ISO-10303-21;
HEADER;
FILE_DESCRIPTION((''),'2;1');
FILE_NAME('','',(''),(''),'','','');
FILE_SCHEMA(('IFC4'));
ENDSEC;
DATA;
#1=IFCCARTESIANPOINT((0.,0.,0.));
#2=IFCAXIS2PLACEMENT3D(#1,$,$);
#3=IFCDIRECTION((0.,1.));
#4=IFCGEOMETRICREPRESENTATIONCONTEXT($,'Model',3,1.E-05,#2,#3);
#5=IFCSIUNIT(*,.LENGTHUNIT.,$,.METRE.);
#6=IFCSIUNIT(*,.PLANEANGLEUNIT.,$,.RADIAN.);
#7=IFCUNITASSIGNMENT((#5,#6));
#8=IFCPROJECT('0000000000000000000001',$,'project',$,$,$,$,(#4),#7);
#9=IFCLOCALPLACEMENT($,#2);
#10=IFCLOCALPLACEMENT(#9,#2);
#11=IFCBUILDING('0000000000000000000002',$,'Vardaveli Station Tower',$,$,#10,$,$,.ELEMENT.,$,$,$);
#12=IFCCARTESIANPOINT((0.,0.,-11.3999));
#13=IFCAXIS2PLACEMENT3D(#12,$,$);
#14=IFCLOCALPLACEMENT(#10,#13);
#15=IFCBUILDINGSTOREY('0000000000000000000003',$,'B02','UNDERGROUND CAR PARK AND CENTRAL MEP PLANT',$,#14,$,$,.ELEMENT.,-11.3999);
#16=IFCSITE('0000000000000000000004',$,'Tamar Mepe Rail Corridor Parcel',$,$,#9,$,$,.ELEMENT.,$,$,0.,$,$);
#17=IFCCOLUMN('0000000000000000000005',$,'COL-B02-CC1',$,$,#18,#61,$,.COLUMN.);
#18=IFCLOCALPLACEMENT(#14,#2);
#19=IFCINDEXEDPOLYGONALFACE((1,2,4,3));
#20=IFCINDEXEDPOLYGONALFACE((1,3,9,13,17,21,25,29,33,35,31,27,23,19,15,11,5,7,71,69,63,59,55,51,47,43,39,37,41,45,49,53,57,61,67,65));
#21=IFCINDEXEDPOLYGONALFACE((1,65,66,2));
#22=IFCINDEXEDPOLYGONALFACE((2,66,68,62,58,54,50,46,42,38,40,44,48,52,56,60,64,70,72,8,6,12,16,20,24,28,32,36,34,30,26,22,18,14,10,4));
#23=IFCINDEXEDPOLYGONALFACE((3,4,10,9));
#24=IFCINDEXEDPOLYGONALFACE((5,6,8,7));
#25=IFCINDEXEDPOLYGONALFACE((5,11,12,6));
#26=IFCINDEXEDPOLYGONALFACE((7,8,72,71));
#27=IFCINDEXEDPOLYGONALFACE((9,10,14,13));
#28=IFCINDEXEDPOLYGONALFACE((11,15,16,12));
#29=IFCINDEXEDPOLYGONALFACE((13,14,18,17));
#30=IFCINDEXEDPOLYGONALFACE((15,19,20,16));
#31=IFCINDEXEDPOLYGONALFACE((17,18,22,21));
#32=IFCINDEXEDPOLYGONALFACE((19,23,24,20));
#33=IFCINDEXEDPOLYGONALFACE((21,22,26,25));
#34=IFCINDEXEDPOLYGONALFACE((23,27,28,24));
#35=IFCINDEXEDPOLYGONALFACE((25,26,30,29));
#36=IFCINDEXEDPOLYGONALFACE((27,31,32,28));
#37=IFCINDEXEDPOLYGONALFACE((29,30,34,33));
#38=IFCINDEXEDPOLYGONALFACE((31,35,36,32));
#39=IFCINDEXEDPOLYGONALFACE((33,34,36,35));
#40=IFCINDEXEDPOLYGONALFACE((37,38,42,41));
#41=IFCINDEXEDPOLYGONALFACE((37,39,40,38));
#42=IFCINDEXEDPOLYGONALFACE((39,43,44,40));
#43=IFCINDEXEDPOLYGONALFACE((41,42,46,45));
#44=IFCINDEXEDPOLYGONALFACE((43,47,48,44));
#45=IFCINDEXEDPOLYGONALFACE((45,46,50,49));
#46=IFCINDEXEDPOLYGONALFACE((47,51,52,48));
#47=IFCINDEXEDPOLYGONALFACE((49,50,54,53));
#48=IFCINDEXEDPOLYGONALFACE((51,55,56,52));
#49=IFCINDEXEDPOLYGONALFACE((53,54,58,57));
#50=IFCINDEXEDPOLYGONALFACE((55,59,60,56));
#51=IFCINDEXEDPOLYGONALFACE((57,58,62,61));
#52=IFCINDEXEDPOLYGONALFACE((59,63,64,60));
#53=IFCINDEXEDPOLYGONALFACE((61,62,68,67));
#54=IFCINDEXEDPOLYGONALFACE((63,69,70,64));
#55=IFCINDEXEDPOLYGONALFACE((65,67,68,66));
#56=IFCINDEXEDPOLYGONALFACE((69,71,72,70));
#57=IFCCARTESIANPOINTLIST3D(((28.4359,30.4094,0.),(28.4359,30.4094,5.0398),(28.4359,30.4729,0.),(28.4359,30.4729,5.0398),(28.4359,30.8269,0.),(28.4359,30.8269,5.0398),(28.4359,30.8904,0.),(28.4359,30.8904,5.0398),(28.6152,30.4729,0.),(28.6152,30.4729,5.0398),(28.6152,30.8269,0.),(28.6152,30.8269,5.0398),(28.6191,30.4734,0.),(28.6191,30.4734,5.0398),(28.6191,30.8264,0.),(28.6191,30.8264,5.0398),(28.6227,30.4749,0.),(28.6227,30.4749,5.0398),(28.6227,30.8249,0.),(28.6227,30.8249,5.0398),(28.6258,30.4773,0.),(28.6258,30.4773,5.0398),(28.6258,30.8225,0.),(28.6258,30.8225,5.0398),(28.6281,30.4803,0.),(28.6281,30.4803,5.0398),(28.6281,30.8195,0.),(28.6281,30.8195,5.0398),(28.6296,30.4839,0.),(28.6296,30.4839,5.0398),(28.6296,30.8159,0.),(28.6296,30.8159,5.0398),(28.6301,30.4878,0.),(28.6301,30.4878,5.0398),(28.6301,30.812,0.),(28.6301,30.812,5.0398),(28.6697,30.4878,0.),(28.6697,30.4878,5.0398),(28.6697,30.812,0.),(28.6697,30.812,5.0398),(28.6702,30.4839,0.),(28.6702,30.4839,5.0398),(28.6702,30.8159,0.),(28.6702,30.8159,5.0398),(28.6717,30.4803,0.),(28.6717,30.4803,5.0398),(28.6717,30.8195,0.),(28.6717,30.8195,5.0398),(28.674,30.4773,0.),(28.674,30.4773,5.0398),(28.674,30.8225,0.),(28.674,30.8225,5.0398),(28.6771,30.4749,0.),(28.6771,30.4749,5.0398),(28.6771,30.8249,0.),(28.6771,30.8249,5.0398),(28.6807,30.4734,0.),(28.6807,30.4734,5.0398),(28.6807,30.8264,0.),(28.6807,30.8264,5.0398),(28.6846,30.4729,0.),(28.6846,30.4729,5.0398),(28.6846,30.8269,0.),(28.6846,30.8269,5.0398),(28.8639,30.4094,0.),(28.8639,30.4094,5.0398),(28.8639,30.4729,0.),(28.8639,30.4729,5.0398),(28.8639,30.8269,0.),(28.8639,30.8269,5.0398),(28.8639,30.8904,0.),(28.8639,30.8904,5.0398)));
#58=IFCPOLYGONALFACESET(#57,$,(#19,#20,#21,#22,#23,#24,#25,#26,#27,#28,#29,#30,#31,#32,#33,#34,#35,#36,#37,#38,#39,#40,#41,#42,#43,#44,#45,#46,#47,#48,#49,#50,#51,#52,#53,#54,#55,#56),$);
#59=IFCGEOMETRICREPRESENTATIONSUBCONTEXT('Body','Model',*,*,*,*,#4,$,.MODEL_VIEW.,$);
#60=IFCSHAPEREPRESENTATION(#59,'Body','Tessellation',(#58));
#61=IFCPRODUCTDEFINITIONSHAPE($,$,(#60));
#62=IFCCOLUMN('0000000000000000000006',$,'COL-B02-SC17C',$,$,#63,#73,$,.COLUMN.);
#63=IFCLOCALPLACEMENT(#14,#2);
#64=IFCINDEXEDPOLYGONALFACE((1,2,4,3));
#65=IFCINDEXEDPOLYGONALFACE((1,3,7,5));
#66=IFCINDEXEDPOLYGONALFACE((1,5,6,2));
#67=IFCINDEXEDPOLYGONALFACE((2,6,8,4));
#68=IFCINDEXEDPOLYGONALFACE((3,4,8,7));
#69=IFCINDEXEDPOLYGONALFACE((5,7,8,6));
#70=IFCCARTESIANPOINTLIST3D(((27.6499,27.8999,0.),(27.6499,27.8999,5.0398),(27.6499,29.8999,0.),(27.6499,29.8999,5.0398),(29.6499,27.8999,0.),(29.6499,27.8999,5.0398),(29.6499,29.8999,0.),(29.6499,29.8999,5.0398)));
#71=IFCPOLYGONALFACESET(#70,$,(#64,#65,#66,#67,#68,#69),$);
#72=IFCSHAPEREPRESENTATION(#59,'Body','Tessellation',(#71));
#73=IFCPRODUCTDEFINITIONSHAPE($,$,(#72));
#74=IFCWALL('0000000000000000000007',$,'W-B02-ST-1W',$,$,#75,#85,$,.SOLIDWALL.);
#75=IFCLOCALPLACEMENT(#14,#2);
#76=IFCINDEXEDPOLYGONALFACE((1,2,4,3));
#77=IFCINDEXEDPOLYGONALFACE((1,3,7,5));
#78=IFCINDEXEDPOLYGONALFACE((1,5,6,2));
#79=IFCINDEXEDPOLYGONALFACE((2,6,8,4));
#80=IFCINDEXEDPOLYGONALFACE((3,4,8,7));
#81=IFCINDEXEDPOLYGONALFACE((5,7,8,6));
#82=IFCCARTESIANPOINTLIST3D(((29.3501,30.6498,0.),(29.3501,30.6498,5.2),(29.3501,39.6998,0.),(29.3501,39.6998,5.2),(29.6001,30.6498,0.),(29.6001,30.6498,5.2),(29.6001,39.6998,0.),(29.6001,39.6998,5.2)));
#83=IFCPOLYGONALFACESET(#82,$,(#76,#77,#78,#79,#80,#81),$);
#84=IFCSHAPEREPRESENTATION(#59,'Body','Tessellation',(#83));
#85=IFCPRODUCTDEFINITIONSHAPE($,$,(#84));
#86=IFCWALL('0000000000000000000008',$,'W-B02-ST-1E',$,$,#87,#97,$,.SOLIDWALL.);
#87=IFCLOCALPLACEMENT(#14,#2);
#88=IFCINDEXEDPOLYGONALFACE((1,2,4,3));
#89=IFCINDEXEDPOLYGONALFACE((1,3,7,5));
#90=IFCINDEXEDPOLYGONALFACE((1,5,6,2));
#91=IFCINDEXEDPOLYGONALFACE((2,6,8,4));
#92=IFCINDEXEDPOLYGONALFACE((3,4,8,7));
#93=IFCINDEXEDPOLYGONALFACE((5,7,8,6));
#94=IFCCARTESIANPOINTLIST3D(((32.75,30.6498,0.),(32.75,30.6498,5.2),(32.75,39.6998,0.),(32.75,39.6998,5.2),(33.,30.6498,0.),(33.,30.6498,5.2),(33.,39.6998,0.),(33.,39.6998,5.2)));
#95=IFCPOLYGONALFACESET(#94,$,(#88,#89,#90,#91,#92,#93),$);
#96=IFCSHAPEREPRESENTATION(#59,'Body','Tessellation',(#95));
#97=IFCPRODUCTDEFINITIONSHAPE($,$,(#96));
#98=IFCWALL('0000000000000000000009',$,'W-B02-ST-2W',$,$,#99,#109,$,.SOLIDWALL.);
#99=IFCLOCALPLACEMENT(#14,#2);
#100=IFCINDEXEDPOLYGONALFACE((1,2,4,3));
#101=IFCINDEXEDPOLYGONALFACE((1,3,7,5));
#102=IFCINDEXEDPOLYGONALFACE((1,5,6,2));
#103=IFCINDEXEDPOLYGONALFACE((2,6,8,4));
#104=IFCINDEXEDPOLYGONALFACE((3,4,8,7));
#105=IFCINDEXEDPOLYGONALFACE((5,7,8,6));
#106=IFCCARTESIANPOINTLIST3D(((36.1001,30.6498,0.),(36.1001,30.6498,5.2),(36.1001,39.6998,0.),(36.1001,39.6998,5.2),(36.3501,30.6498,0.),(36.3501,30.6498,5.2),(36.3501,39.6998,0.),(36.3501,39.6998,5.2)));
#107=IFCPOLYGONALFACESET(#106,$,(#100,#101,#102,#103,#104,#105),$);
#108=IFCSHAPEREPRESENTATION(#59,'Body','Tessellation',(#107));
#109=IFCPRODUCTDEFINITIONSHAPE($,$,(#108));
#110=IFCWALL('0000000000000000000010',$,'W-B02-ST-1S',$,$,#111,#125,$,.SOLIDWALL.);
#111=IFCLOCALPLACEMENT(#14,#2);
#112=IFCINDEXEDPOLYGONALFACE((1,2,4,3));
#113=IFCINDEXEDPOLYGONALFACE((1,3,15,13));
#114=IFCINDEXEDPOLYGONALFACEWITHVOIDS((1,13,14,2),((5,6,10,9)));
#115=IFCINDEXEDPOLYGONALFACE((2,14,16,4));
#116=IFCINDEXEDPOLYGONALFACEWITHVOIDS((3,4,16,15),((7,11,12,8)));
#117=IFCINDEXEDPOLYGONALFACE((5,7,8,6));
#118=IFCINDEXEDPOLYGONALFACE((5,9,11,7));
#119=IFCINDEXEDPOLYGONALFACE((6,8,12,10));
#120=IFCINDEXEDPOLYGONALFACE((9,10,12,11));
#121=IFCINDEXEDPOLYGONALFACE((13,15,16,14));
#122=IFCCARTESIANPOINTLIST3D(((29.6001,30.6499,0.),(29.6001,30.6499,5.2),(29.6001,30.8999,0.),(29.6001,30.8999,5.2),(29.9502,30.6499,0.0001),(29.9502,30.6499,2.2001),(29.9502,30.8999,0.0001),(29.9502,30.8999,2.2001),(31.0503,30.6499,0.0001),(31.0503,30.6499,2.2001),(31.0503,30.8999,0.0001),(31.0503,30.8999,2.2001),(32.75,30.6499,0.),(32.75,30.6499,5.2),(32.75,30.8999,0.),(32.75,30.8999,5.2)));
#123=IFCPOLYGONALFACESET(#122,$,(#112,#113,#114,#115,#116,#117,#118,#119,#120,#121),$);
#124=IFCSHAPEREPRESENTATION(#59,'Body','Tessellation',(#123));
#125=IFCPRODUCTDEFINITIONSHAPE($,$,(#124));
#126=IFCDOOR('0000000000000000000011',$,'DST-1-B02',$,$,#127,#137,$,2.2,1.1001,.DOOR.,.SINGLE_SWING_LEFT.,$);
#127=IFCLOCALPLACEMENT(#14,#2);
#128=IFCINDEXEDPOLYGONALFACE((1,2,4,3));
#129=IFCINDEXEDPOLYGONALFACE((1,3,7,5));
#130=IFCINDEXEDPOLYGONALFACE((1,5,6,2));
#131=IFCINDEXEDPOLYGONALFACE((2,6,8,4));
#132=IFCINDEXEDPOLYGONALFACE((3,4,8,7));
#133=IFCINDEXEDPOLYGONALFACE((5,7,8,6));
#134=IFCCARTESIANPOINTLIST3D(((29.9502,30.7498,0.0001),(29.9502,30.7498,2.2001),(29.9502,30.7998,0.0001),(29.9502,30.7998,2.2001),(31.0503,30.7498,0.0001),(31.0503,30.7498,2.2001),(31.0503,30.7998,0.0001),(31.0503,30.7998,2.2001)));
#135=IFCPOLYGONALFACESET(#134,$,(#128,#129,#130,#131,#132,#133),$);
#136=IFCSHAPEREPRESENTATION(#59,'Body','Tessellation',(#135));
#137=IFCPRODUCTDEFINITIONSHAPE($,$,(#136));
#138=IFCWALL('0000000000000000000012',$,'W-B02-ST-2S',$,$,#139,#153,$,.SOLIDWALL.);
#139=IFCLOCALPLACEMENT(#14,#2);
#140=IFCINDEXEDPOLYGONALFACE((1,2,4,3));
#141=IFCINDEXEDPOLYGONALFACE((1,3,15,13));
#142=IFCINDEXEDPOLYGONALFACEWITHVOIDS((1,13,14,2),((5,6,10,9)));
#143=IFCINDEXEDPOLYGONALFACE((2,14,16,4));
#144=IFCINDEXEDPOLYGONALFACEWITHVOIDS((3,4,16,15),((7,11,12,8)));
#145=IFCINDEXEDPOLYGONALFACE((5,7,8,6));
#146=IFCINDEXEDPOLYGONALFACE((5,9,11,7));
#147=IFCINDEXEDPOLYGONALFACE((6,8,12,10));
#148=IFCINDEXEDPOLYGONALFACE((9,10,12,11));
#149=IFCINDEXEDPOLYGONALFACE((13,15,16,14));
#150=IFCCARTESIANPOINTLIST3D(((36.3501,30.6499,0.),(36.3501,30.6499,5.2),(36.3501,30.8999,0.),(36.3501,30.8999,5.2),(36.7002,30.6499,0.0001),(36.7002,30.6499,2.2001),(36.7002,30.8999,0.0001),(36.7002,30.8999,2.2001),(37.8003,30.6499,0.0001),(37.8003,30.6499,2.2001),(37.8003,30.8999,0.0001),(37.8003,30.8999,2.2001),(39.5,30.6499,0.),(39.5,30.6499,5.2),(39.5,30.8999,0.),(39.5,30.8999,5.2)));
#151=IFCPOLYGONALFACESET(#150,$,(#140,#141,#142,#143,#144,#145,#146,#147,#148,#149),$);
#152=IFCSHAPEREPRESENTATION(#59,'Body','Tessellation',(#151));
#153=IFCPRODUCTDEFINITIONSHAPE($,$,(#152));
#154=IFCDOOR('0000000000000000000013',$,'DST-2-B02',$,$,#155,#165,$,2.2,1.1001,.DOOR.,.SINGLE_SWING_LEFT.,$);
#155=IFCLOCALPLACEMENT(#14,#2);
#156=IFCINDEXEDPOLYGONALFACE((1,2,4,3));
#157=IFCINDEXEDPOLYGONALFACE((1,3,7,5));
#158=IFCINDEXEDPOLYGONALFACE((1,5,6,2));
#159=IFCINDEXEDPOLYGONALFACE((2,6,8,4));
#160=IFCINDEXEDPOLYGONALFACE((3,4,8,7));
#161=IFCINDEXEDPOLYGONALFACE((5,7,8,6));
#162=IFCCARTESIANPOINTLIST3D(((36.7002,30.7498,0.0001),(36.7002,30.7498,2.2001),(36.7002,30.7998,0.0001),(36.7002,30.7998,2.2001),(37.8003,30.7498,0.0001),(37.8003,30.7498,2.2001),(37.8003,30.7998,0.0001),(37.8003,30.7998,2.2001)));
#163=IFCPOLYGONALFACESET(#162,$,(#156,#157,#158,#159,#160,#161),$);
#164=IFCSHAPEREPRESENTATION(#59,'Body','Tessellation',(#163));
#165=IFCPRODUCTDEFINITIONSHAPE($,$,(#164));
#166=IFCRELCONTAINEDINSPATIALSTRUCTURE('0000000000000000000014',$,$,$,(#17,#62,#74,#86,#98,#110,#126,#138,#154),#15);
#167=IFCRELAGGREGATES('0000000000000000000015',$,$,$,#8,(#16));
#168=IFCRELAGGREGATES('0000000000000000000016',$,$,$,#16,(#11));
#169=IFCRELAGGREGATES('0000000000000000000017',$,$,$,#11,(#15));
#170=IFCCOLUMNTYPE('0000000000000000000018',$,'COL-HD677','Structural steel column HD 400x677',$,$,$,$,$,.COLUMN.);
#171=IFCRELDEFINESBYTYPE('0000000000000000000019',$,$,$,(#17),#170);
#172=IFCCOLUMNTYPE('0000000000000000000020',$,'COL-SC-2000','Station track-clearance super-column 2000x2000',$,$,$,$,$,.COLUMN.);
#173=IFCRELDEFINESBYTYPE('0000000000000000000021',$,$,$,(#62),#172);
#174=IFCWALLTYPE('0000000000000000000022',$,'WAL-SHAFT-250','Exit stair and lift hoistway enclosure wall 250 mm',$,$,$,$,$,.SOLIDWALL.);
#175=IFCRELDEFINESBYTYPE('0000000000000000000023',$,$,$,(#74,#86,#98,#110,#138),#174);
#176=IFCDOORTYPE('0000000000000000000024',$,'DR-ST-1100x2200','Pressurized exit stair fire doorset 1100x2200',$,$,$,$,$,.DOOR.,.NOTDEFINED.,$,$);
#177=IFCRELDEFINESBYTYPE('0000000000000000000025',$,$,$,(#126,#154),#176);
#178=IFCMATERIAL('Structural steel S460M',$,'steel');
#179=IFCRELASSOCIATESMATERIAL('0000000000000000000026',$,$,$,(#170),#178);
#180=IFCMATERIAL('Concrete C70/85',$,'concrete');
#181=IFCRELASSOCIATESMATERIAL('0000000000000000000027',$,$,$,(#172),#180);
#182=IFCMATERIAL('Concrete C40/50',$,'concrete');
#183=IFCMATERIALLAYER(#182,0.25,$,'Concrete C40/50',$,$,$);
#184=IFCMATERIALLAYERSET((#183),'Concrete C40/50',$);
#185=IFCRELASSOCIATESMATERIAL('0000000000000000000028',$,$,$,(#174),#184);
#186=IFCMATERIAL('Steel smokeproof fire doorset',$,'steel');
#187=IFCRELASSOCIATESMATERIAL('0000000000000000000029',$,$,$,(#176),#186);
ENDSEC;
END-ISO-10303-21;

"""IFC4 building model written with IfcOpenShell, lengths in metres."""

from ifc_helpers import new_model, si_unit, direction, frame, frame_2d, origin, origin_2d, place, context, subcontext, project, spatial, rectangle, i_section, extrude, source, transform, mapped, material, layer, layer_set, material_profile, profile_set, type_object, element, fill, save


model = new_model("IFC4")

# Units and contexts
model_context = context("Model", 3, precision=1e-05, world=origin(), true_north=direction((0.0, 1.0)))
body_context = subcontext(model_context, "Body", "Model", "MODEL_VIEW")
ifc_project = project(units=[si_unit("LENGTHUNIT", "METRE"), si_unit("PLANEANGLEUNIT", "RADIAN")], contexts=[model_context])

# Site, building, storey
site_placement = place(None, origin())
site = spatial("IfcSite", under=ifc_project, at=site_placement, Name="Tamar Mepe Rail Corridor Parcel", CompositionType="ELEMENT", RefElevation=0.0)
building_placement = place(site_placement, origin())
building = spatial("IfcBuilding", under=site, at=building_placement, Name="Vardaveli Station Tower", CompositionType="ELEMENT")
storey_placement = place(building_placement, frame((0.0, 0.0, -11.3999)))
storey = spatial("IfcBuildingStorey", under=building, at=storey_placement, Name="B02", Description="UNDERGROUND CAR PARK AND CENTRAL MEP PLANT", CompositionType="ELEMENT", Elevation=-11.3999)

# Shared definitions
ifc_material_1 = material(Name="Concrete C40/50", Category="concrete")

# Columns
ifc_material_2 = material(Name="Structural steel S460M", Category="steel")
ifc_material_profile_1 = material_profile(ifc_material_2, i_section(OverallWidth=0.428, OverallDepth=0.481, WebThickness=0.0396, FlangeThickness=0.0635, FilletRadius=0.0149, at=origin_2d()), Name="HD 400x677")
ifc_profile_set_1 = profile_set([ifc_material_profile_1], Name="Structural steel S460M")
column_type_1 = type_object("IfcColumnType", Name="COL-HD677", Description="Structural steel column HD 400x677", PredefinedType="COLUMN", material=ifc_profile_set_1)
shared_shape_1 = source(origin(), body_context, "Body", "SweptSolid", [
    extrude(i_section(OverallWidth=0.428, OverallDepth=0.481, WebThickness=0.0396, FlangeThickness=0.0635, FilletRadius=0.0149, at=origin_2d()), origin(), (0.0, 0.0, 1.0), 5.0398),
])
column_1_placement = place(storey_placement, frame((28.6499, 30.6499, 0.0), z_axis=(0.0, 0.0, 1.0), x_axis=(1.0, 0.0, 0.0)))
element("IfcColumn", 1, at=column_1_placement, inside=storey, type_object=column_type_1, Name="COL-B02-CC1", PredefinedType="COLUMN", context=body_context, shape_type="MappedRepresentation", body=[
    mapped(shared_shape_1, transform((0.0, 0.0, 0.0), scale=1.0)),
])
ifc_material_3 = material(Name="Concrete C70/85", Category="concrete")
ifc_material_profile_2 = material_profile(ifc_material_3, rectangle(XDim=2.0, YDim=2.0, at=origin_2d()), Name="SC 2000x2000")
ifc_profile_set_2 = profile_set([ifc_material_profile_2], Name="Concrete C70/85")
column_type_2 = type_object("IfcColumnType", Name="COL-SC-2000", Description="Station track-clearance super-column 2000x2000", PredefinedType="COLUMN", material=ifc_profile_set_2)
shared_shape_2 = source(origin(), body_context, "Body", "SweptSolid", [
    extrude(rectangle(XDim=2.0, YDim=2.0, at=origin_2d()), origin(), (0.0, 0.0, 1.0), 5.0398),
])
column_2_placement = place(storey_placement, frame((28.6499, 28.8999, 0.0), z_axis=(0.0, 0.0, 1.0), x_axis=(1.0, 0.0, 0.0)))
element("IfcColumn", 2, at=column_2_placement, inside=storey, type_object=column_type_2, Name="COL-B02-SC17C", PredefinedType="COLUMN", context=body_context, shape_type="MappedRepresentation", body=[
    mapped(shared_shape_2, transform((0.0, 0.0, 0.0), scale=1.0)),
])

# Walls
ifc_layer_1 = layer(ifc_material_1, 0.25, Name="Concrete C40/50")
ifc_layer_set_1 = layer_set([ifc_layer_1], Name="Concrete C40/50")
wall_type_1 = type_object("IfcWallType", Name="WAL-SHAFT-250", Description="Exit stair and lift hoistway enclosure wall 250 mm", PredefinedType="SOLIDWALL", material=ifc_layer_set_1)
shared_shape_3 = source(origin(), body_context, "Body", "SweptSolid", [
    extrude(rectangle(XDim=9.05, YDim=0.25, at=frame_2d((4.5249, 0.0))), origin(), (0.0, 0.0, 1.0), 5.2),
])
for number, where, z_axis, x_axis, name in (
    (3, (29.4751, 30.6499, 0.0), (0.0, 0.0, 1.0), (0.0, 1.0, 0.0), "W-B02-ST-1W"),
    (4, (32.875, 30.6499, 0.0), (0.0, 0.0, 1.0), (0.0, 1.0, 0.0), "W-B02-ST-1E"),
    (5, (36.2251, 30.6499, 0.0), (0.0, 0.0, 1.0), (0.0, 1.0, 0.0), "W-B02-ST-2W"),
):
    element("IfcWall", number, at=place(storey_placement, frame(where, z_axis=z_axis, x_axis=x_axis)), inside=storey, type_object=wall_type_1, Name=name, PredefinedType="SOLIDWALL", context=body_context, shape_type="MappedRepresentation", body=[
        mapped(shared_shape_3, transform((0.0, 0.0, 0.0), scale=1.0)),
    ])

# Walls, openings, doors
shared_shape_4 = source(origin(), body_context, "Body", "SweptSolid", [
    extrude(rectangle(XDim=3.1499, YDim=0.25, at=frame_2d((1.575, 0.0))), origin(), (0.0, 0.0, 1.0), 5.2),
])
wall_1_placement = place(storey_placement, frame((29.6001, 30.7749, 0.0), z_axis=(0.0, 0.0, 1.0), x_axis=(1.0, 0.0, 0.0)))
wall_1 = element("IfcWall", 6, at=wall_1_placement, inside=storey, type_object=wall_type_1, Name="W-B02-ST-1S", PredefinedType="SOLIDWALL", context=body_context, shape_type="MappedRepresentation", body=[
    mapped(shared_shape_4, transform((0.0, 0.0, 0.0), scale=1.0)),
])
shared_shape_5 = source(origin(), body_context, "Body", "SweptSolid", [
    extrude(rectangle(XDim=1.1001, YDim=2.2, at=frame_2d((0.55, 1.1001))), frame((0.0, 0.135, 0.0), z_axis=(0.0, -1.0, 0.0), x_axis=(1.0, 0.0, 0.0)), (0.0, 0.0, 1.0), 0.27),
])
opening_1_placement = place(wall_1_placement, frame((0.3501, 0.0, 0.0)))
opening_1 = element("IfcOpeningElement", 7, at=opening_1_placement, cuts=wall_1, PredefinedType="OPENING", context=body_context, shape_type="MappedRepresentation", body=[
    mapped(shared_shape_5, transform((0.0, 0.0, 0.0), scale=1.0)),
])
ifc_material_4 = material(Name="Steel smokeproof fire doorset", Category="steel")
door_type_1 = type_object("IfcDoorType", Name="DR-ST-1100x2200", Description="Pressurized exit stair fire doorset 1100x2200", OperationType="NOTDEFINED", PredefinedType="DOOR", material=ifc_material_4)
shared_shape_6 = source(origin(), body_context, "Body", "SweptSolid", [
    extrude(rectangle(XDim=1.1001, YDim=2.2, at=frame_2d((0.55, 1.1001))), frame((0.0, 0.0249, 0.0), z_axis=(0.0, -1.0, 0.0), x_axis=(1.0, 0.0, 0.0)), (0.0, 0.0, 1.0), 0.05),
])
door_1_placement = place(opening_1_placement, origin())
door_1 = element("IfcDoor", 8, at=door_1_placement, inside=storey, type_object=door_type_1, Name="DST-1-B02", OperationType="SINGLE_SWING_LEFT", OverallHeight=2.2, OverallWidth=1.1001, PredefinedType="DOOR", context=body_context, shape_type="MappedRepresentation", body=[
    mapped(shared_shape_6, transform((0.0, 0.0, 0.0), scale=1.0)),
])
fill(opening_1, door_1)
wall_2_placement = place(storey_placement, frame((36.3501, 30.7749, 0.0), z_axis=(0.0, 0.0, 1.0), x_axis=(1.0, 0.0, 0.0)))
wall_2 = element("IfcWall", 9, at=wall_2_placement, inside=storey, type_object=wall_type_1, Name="W-B02-ST-2S", PredefinedType="SOLIDWALL", context=body_context, shape_type="MappedRepresentation", body=[
    mapped(shared_shape_4, transform((0.0, 0.0, 0.0), scale=1.0)),
])
opening_2_placement = place(wall_2_placement, frame((0.3501, 0.0, 0.0)))
opening_2 = element("IfcOpeningElement", 10, at=opening_2_placement, cuts=wall_2, PredefinedType="OPENING", context=body_context, shape_type="MappedRepresentation", body=[
    mapped(shared_shape_5, transform((0.0, 0.0, 0.0), scale=1.0)),
])
door_2_placement = place(opening_2_placement, origin())
door_2 = element("IfcDoor", 11, at=door_2_placement, inside=storey, type_object=door_type_1, Name="DST-2-B02", OperationType="SINGLE_SWING_LEFT", OverallHeight=2.2, OverallWidth=1.1001, PredefinedType="DOOR", context=body_context, shape_type="MappedRepresentation", body=[
    mapped(shared_shape_6, transform((0.0, 0.0, 0.0), scale=1.0)),
])
fill(opening_2, door_2)

save(model, "model.ifc")
